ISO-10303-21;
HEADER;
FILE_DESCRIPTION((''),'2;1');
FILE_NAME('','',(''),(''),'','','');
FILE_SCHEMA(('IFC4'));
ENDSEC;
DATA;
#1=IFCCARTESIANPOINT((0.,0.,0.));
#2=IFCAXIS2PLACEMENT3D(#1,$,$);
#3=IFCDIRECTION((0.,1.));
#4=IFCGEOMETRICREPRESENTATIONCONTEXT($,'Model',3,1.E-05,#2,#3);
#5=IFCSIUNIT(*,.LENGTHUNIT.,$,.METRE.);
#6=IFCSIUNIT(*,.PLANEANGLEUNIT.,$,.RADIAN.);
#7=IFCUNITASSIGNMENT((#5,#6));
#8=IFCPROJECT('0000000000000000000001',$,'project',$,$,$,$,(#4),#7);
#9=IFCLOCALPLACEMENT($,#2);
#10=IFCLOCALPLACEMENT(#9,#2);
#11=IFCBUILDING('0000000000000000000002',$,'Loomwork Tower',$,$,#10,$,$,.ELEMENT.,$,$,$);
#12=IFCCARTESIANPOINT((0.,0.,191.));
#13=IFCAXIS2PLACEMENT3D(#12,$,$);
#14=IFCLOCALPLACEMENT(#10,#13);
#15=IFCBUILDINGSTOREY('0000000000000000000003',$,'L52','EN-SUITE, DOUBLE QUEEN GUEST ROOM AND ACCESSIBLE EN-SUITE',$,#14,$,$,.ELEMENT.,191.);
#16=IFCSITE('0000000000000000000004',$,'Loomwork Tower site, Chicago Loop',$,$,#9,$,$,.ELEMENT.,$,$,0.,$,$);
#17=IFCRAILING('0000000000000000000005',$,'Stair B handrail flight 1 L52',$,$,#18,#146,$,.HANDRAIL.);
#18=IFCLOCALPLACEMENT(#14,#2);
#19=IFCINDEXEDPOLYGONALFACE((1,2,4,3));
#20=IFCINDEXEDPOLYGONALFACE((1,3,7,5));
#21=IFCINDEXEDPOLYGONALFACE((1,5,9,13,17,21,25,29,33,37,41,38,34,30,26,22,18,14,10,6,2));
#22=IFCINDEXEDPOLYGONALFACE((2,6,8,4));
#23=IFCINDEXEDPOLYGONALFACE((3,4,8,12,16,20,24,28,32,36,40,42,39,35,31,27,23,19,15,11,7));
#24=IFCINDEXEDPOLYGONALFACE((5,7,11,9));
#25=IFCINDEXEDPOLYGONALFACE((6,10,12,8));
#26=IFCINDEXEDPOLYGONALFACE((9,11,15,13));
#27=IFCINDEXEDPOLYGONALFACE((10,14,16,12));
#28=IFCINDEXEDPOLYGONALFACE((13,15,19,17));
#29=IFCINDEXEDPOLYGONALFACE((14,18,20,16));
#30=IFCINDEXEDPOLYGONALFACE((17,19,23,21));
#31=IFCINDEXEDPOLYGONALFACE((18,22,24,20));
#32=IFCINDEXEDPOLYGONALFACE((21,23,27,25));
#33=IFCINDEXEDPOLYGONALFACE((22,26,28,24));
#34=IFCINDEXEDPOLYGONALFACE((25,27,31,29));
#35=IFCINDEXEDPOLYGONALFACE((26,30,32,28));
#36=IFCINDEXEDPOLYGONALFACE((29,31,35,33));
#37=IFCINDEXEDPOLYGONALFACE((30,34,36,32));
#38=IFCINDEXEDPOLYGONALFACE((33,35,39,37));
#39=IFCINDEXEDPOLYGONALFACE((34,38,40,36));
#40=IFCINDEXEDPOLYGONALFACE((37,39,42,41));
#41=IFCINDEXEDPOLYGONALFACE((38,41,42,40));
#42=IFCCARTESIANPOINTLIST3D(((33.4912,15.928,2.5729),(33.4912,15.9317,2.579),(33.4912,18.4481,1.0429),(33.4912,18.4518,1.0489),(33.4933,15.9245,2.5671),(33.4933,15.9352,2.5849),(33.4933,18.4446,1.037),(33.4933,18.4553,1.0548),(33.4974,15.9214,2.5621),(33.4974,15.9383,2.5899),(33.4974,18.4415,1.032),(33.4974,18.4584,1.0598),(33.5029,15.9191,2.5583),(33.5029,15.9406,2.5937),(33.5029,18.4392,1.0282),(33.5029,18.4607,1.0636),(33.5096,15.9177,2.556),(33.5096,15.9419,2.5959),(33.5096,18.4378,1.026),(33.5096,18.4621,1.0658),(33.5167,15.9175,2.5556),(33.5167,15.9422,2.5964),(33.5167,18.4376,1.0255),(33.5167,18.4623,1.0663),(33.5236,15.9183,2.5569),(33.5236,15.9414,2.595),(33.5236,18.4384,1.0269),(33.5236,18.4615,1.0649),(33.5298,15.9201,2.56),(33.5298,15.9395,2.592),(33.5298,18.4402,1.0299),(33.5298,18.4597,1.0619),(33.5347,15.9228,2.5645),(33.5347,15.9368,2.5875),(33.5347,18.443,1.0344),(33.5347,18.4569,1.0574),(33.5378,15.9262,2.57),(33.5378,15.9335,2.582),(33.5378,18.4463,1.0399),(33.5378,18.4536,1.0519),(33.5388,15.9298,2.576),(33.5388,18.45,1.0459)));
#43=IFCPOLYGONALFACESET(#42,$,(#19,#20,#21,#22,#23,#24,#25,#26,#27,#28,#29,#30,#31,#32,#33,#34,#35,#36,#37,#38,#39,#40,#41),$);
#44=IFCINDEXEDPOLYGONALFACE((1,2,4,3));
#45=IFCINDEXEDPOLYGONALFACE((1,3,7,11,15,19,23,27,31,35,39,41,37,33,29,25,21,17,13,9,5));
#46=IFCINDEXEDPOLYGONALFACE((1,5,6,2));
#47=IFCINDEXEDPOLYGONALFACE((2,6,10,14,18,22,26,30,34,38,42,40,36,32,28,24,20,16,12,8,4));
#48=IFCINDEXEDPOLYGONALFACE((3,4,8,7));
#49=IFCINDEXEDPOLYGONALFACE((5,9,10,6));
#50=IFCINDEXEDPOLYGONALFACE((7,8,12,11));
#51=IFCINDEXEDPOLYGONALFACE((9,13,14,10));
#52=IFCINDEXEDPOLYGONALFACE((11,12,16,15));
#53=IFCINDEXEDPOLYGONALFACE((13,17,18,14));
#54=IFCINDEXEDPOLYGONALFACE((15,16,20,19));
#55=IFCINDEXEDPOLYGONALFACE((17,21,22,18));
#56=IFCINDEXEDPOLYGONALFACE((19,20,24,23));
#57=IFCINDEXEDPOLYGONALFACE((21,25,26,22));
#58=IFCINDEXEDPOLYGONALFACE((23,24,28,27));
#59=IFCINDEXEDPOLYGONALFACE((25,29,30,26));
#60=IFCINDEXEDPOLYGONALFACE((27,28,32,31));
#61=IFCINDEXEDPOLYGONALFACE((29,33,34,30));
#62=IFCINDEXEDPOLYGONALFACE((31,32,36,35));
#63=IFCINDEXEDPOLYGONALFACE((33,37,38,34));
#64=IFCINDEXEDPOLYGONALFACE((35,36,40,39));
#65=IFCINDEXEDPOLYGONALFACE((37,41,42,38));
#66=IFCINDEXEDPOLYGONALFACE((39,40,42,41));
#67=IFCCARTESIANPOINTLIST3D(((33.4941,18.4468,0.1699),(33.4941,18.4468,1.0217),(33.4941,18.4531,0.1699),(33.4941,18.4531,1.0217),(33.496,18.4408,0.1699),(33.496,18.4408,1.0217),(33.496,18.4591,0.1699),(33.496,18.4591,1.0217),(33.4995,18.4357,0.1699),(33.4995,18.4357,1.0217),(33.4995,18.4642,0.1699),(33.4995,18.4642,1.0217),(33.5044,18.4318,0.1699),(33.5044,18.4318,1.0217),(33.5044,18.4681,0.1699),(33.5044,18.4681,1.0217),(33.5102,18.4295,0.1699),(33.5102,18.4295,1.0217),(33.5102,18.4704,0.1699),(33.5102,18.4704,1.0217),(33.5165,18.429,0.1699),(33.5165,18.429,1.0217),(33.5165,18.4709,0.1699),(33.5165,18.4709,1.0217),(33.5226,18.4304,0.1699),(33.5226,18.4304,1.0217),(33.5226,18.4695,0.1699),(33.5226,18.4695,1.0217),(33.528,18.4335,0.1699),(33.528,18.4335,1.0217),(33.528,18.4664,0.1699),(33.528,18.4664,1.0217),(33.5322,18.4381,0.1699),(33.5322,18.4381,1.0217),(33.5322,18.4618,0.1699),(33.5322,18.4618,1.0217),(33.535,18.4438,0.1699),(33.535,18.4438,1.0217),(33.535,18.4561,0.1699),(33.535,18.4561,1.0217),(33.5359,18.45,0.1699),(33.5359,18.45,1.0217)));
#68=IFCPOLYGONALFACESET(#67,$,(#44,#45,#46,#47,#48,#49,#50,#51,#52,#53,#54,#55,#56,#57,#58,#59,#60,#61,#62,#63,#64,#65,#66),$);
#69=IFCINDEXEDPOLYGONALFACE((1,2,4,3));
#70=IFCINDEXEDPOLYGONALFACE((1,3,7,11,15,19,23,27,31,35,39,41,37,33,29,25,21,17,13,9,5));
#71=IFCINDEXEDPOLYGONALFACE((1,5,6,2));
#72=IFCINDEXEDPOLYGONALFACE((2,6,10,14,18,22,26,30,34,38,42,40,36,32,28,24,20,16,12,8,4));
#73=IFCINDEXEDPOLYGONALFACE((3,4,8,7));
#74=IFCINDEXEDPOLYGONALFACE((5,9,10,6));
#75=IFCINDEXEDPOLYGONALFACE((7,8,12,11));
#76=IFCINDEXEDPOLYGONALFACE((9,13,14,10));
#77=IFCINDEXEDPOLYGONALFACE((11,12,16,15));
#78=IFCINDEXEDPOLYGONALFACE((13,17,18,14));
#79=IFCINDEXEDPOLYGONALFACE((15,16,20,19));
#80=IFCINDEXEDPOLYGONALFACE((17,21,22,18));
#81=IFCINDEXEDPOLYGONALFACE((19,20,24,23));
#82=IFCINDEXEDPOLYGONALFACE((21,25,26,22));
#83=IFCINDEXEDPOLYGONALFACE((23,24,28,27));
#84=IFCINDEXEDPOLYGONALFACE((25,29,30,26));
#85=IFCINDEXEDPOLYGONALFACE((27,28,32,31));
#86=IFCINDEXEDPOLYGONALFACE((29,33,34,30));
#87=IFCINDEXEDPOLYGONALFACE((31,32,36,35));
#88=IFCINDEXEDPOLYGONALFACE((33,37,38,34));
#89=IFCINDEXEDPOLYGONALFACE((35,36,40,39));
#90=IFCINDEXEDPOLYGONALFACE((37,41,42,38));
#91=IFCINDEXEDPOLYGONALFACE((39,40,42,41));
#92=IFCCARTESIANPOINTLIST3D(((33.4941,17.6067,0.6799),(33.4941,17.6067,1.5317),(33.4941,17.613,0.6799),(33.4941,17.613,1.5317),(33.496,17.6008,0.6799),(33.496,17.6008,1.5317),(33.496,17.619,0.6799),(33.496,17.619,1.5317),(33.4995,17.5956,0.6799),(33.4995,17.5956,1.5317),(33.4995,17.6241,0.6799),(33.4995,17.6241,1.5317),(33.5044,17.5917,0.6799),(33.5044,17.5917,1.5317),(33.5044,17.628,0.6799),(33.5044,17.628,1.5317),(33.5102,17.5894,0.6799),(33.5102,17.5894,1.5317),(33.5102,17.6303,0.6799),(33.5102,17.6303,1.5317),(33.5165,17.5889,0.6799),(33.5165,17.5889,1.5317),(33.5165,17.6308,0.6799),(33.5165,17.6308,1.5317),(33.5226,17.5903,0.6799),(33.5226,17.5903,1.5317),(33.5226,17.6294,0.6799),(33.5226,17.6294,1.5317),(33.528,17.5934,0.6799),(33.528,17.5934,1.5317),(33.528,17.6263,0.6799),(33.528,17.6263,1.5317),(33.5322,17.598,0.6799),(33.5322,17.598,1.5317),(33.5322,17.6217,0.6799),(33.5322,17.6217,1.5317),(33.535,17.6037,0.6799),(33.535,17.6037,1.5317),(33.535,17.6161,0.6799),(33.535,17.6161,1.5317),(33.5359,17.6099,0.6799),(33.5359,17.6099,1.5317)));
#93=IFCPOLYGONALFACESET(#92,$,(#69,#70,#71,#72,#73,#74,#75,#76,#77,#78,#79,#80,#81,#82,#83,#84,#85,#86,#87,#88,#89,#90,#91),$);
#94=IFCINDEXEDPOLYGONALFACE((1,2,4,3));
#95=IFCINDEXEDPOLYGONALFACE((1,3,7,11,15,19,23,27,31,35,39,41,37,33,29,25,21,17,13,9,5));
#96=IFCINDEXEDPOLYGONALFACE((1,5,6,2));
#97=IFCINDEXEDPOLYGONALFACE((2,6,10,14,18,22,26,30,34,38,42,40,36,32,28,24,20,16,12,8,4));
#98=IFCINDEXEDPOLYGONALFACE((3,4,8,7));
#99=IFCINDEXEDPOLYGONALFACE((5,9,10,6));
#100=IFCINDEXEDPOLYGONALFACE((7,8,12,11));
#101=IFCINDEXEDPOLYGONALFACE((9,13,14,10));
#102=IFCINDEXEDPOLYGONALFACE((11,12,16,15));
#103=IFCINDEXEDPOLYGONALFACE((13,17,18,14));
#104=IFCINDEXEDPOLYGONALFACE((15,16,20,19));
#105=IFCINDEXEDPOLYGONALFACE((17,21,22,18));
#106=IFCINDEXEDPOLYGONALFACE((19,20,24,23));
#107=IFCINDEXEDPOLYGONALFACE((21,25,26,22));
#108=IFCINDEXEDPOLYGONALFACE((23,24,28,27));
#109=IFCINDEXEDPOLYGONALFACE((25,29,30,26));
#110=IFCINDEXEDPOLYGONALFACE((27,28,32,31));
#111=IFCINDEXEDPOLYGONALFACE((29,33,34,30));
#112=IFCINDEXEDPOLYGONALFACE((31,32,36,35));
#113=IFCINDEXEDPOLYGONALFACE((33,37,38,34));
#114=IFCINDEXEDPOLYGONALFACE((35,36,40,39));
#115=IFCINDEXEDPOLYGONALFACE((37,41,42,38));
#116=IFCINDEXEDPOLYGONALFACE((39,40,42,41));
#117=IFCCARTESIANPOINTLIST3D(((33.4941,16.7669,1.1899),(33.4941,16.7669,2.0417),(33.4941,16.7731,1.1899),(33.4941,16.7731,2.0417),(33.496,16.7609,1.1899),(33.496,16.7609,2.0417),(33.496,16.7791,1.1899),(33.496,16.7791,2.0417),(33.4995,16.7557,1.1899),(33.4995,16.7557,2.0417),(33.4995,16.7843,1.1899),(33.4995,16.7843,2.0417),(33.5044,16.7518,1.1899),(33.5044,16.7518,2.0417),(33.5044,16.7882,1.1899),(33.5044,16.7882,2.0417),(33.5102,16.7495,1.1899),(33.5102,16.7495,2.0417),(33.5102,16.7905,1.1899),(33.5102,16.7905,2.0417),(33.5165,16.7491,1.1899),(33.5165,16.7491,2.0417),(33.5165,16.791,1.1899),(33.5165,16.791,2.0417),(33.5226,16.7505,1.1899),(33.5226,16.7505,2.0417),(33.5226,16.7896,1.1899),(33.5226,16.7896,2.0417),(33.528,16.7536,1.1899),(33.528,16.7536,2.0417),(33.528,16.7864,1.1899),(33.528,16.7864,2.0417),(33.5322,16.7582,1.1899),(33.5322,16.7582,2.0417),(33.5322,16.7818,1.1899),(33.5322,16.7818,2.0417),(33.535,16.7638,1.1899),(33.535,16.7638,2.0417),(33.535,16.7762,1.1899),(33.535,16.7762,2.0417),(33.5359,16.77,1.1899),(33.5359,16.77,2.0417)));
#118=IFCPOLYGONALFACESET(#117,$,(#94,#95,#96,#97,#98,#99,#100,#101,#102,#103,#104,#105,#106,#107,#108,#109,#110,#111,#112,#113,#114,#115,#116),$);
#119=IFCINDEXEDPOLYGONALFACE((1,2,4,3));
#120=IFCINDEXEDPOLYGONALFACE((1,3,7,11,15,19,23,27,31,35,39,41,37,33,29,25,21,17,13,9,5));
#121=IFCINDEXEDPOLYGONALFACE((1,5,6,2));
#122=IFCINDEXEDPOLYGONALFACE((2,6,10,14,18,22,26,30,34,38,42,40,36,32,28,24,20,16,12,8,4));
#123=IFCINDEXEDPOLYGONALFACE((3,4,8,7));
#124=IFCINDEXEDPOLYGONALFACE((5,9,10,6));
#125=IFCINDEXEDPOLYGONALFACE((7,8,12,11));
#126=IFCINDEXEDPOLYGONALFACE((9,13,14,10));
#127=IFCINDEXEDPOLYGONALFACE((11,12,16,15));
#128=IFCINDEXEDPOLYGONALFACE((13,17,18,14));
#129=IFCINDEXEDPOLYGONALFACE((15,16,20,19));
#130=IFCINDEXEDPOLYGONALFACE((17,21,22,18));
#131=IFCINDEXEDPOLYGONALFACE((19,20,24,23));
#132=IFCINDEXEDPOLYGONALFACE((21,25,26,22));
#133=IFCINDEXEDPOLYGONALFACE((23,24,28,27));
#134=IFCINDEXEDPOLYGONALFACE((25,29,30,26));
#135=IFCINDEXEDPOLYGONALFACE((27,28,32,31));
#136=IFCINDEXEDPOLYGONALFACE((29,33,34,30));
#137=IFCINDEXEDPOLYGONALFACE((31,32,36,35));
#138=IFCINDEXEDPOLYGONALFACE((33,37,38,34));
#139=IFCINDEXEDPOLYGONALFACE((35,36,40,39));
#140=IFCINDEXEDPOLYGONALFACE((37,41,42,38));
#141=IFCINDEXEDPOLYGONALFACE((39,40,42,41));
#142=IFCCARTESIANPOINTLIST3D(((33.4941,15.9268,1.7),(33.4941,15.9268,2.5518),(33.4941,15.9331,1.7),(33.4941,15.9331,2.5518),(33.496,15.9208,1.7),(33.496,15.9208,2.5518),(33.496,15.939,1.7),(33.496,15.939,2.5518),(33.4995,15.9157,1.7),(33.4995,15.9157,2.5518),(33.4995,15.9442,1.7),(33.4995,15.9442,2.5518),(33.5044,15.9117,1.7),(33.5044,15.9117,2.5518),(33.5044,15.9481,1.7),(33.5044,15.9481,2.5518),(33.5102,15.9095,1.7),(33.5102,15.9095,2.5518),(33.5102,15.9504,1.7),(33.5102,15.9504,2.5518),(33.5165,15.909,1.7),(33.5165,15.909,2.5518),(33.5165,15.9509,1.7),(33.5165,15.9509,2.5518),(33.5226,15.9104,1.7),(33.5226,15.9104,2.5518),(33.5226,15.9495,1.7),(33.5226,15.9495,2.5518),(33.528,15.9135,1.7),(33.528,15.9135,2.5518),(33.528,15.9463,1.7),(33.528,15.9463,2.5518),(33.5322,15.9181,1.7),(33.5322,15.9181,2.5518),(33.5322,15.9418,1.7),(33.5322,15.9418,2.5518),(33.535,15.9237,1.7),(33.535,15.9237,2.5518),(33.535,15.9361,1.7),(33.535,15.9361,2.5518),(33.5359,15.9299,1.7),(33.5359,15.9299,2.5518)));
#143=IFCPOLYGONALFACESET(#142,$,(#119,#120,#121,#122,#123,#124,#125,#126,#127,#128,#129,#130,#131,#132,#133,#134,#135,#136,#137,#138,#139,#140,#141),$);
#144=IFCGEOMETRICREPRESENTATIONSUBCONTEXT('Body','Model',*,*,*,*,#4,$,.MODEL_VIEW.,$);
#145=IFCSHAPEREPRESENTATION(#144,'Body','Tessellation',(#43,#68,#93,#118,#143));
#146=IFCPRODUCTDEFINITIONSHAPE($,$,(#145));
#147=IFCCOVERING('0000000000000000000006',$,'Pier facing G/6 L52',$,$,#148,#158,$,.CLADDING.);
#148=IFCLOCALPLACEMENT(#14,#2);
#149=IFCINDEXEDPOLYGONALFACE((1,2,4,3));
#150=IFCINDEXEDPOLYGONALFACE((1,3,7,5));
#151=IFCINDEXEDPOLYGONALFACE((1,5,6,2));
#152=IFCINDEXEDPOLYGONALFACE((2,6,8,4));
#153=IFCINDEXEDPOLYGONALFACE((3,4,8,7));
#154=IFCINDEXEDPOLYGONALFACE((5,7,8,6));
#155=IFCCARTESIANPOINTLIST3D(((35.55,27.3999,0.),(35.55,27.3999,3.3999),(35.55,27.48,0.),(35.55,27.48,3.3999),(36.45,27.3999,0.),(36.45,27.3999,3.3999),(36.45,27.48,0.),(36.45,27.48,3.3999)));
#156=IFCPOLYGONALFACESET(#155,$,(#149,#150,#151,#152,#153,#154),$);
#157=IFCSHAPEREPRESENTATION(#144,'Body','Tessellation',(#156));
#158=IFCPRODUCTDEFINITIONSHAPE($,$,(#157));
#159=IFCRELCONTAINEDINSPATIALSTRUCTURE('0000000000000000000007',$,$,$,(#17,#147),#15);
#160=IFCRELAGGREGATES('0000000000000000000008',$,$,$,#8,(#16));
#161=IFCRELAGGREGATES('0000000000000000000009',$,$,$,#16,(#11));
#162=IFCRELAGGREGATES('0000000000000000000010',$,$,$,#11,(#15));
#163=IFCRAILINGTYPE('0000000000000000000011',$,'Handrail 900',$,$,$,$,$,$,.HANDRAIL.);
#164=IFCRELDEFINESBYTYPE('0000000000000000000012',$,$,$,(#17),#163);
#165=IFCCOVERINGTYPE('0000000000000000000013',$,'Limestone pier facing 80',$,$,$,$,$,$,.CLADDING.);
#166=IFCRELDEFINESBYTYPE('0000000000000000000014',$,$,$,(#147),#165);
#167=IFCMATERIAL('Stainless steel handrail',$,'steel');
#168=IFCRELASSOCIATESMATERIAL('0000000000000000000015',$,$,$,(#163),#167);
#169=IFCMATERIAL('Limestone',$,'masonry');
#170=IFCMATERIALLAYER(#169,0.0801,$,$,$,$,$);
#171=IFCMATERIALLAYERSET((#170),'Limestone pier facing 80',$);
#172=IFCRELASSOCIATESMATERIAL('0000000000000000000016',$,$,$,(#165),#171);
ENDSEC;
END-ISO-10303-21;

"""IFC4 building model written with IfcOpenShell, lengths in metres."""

from ifc_helpers import new_model, si_unit, direction, frame, origin, origin_2d, place, context, subcontext, project, spatial, rectangle, circle, extrude, material, layer, layer_set, type_object, element, save


model = new_model("IFC4")

# Units and contexts
model_context = context("Model", 3, precision=1e-05, world=origin(), true_north=direction((0.0, 1.0)))
body_context = subcontext(model_context, "Body", "Model", "MODEL_VIEW")
ifc_project = project(units=[si_unit("LENGTHUNIT", "METRE"), si_unit("PLANEANGLEUNIT", "RADIAN")], contexts=[model_context])

# Site, building, storey
site_placement = place(None, origin())
site = spatial("IfcSite", under=ifc_project, at=site_placement, Name="Loomwork Tower site, Chicago Loop", CompositionType="ELEMENT", RefElevation=0.0)
building_placement = place(site_placement, origin())
building = spatial("IfcBuilding", under=site, at=building_placement, Name="Loomwork Tower", CompositionType="ELEMENT")
storey_placement = place(building_placement, frame((0.0, 0.0, 191.0)))
storey = spatial("IfcBuildingStorey", under=building, at=storey_placement, Name="L52", Description="EN-SUITE, DOUBLE QUEEN GUEST ROOM AND ACCESSIBLE EN-SUITE", CompositionType="ELEMENT", Elevation=191.0)

# Railing
ifc_material_1 = material(Name="Stainless steel handrail", Category="steel")
railing_type = type_object("IfcRailingType", Name="Handrail 900", PredefinedType="HANDRAIL", material=ifc_material_1)
railing_placement = place(storey_placement, frame((33.5149, 18.45, 0.1699)))
element("IfcRailing", 1, at=railing_placement, inside=storey, type_object=railing_type, Name="Stair B handrail flight 1 L52", PredefinedType="HANDRAIL", context=body_context, shape_type="SweptSolid", body=[
    extrude(circle(Radius=0.0239, at=origin_2d()), frame((0.0, 0.0, 0.876), z_axis=(0.0, -0.854785, 0.518982), x_axis=(1.0, 0.0, 0.0)), (0.0, 0.0, 1.0), 2.9482),
    extrude(circle(Radius=0.021, at=origin_2d()), origin(), (0.0, 0.0, 1.0), 0.8518),
    extrude(circle(Radius=0.021, at=origin_2d()), frame((0.0, -0.8401, 0.51)), (0.0, 0.0, 1.0), 0.8518),
    extrude(circle(Radius=0.021, at=origin_2d()), frame((0.0, -1.6799, 1.02)), (0.0, 0.0, 1.0), 0.8518),
    extrude(circle(Radius=0.021, at=origin_2d()), frame((0.0, -2.52, 1.53)), (0.0, 0.0, 1.0), 0.8518),
])

# Covering
ifc_material_2 = material(Name="Limestone", Category="masonry")
ifc_layer_1 = layer(ifc_material_2, 0.0801)
ifc_layer_set_1 = layer_set([ifc_layer_1], Name="Limestone pier facing 80")
covering_type = type_object("IfcCoveringType", Name="Limestone pier facing 80", PredefinedType="CLADDING", material=ifc_layer_set_1)
covering_placement = place(storey_placement, frame((36.0, 27.4399, 0.0), z_axis=(0.0, 0.0, 1.0), x_axis=(1.0, 0.0, 0.0)))
element("IfcCovering", 2, at=covering_placement, inside=storey, type_object=covering_type, Name="Pier facing G/6 L52", PredefinedType="CLADDING", context=body_context, shape_type="SweptSolid", body=[
    extrude(rectangle(XDim=0.8999, YDim=0.0801, at=origin_2d()), origin(), (0.0, 0.0, 1.0), 3.3999),
])

save(model, "model.ifc")
